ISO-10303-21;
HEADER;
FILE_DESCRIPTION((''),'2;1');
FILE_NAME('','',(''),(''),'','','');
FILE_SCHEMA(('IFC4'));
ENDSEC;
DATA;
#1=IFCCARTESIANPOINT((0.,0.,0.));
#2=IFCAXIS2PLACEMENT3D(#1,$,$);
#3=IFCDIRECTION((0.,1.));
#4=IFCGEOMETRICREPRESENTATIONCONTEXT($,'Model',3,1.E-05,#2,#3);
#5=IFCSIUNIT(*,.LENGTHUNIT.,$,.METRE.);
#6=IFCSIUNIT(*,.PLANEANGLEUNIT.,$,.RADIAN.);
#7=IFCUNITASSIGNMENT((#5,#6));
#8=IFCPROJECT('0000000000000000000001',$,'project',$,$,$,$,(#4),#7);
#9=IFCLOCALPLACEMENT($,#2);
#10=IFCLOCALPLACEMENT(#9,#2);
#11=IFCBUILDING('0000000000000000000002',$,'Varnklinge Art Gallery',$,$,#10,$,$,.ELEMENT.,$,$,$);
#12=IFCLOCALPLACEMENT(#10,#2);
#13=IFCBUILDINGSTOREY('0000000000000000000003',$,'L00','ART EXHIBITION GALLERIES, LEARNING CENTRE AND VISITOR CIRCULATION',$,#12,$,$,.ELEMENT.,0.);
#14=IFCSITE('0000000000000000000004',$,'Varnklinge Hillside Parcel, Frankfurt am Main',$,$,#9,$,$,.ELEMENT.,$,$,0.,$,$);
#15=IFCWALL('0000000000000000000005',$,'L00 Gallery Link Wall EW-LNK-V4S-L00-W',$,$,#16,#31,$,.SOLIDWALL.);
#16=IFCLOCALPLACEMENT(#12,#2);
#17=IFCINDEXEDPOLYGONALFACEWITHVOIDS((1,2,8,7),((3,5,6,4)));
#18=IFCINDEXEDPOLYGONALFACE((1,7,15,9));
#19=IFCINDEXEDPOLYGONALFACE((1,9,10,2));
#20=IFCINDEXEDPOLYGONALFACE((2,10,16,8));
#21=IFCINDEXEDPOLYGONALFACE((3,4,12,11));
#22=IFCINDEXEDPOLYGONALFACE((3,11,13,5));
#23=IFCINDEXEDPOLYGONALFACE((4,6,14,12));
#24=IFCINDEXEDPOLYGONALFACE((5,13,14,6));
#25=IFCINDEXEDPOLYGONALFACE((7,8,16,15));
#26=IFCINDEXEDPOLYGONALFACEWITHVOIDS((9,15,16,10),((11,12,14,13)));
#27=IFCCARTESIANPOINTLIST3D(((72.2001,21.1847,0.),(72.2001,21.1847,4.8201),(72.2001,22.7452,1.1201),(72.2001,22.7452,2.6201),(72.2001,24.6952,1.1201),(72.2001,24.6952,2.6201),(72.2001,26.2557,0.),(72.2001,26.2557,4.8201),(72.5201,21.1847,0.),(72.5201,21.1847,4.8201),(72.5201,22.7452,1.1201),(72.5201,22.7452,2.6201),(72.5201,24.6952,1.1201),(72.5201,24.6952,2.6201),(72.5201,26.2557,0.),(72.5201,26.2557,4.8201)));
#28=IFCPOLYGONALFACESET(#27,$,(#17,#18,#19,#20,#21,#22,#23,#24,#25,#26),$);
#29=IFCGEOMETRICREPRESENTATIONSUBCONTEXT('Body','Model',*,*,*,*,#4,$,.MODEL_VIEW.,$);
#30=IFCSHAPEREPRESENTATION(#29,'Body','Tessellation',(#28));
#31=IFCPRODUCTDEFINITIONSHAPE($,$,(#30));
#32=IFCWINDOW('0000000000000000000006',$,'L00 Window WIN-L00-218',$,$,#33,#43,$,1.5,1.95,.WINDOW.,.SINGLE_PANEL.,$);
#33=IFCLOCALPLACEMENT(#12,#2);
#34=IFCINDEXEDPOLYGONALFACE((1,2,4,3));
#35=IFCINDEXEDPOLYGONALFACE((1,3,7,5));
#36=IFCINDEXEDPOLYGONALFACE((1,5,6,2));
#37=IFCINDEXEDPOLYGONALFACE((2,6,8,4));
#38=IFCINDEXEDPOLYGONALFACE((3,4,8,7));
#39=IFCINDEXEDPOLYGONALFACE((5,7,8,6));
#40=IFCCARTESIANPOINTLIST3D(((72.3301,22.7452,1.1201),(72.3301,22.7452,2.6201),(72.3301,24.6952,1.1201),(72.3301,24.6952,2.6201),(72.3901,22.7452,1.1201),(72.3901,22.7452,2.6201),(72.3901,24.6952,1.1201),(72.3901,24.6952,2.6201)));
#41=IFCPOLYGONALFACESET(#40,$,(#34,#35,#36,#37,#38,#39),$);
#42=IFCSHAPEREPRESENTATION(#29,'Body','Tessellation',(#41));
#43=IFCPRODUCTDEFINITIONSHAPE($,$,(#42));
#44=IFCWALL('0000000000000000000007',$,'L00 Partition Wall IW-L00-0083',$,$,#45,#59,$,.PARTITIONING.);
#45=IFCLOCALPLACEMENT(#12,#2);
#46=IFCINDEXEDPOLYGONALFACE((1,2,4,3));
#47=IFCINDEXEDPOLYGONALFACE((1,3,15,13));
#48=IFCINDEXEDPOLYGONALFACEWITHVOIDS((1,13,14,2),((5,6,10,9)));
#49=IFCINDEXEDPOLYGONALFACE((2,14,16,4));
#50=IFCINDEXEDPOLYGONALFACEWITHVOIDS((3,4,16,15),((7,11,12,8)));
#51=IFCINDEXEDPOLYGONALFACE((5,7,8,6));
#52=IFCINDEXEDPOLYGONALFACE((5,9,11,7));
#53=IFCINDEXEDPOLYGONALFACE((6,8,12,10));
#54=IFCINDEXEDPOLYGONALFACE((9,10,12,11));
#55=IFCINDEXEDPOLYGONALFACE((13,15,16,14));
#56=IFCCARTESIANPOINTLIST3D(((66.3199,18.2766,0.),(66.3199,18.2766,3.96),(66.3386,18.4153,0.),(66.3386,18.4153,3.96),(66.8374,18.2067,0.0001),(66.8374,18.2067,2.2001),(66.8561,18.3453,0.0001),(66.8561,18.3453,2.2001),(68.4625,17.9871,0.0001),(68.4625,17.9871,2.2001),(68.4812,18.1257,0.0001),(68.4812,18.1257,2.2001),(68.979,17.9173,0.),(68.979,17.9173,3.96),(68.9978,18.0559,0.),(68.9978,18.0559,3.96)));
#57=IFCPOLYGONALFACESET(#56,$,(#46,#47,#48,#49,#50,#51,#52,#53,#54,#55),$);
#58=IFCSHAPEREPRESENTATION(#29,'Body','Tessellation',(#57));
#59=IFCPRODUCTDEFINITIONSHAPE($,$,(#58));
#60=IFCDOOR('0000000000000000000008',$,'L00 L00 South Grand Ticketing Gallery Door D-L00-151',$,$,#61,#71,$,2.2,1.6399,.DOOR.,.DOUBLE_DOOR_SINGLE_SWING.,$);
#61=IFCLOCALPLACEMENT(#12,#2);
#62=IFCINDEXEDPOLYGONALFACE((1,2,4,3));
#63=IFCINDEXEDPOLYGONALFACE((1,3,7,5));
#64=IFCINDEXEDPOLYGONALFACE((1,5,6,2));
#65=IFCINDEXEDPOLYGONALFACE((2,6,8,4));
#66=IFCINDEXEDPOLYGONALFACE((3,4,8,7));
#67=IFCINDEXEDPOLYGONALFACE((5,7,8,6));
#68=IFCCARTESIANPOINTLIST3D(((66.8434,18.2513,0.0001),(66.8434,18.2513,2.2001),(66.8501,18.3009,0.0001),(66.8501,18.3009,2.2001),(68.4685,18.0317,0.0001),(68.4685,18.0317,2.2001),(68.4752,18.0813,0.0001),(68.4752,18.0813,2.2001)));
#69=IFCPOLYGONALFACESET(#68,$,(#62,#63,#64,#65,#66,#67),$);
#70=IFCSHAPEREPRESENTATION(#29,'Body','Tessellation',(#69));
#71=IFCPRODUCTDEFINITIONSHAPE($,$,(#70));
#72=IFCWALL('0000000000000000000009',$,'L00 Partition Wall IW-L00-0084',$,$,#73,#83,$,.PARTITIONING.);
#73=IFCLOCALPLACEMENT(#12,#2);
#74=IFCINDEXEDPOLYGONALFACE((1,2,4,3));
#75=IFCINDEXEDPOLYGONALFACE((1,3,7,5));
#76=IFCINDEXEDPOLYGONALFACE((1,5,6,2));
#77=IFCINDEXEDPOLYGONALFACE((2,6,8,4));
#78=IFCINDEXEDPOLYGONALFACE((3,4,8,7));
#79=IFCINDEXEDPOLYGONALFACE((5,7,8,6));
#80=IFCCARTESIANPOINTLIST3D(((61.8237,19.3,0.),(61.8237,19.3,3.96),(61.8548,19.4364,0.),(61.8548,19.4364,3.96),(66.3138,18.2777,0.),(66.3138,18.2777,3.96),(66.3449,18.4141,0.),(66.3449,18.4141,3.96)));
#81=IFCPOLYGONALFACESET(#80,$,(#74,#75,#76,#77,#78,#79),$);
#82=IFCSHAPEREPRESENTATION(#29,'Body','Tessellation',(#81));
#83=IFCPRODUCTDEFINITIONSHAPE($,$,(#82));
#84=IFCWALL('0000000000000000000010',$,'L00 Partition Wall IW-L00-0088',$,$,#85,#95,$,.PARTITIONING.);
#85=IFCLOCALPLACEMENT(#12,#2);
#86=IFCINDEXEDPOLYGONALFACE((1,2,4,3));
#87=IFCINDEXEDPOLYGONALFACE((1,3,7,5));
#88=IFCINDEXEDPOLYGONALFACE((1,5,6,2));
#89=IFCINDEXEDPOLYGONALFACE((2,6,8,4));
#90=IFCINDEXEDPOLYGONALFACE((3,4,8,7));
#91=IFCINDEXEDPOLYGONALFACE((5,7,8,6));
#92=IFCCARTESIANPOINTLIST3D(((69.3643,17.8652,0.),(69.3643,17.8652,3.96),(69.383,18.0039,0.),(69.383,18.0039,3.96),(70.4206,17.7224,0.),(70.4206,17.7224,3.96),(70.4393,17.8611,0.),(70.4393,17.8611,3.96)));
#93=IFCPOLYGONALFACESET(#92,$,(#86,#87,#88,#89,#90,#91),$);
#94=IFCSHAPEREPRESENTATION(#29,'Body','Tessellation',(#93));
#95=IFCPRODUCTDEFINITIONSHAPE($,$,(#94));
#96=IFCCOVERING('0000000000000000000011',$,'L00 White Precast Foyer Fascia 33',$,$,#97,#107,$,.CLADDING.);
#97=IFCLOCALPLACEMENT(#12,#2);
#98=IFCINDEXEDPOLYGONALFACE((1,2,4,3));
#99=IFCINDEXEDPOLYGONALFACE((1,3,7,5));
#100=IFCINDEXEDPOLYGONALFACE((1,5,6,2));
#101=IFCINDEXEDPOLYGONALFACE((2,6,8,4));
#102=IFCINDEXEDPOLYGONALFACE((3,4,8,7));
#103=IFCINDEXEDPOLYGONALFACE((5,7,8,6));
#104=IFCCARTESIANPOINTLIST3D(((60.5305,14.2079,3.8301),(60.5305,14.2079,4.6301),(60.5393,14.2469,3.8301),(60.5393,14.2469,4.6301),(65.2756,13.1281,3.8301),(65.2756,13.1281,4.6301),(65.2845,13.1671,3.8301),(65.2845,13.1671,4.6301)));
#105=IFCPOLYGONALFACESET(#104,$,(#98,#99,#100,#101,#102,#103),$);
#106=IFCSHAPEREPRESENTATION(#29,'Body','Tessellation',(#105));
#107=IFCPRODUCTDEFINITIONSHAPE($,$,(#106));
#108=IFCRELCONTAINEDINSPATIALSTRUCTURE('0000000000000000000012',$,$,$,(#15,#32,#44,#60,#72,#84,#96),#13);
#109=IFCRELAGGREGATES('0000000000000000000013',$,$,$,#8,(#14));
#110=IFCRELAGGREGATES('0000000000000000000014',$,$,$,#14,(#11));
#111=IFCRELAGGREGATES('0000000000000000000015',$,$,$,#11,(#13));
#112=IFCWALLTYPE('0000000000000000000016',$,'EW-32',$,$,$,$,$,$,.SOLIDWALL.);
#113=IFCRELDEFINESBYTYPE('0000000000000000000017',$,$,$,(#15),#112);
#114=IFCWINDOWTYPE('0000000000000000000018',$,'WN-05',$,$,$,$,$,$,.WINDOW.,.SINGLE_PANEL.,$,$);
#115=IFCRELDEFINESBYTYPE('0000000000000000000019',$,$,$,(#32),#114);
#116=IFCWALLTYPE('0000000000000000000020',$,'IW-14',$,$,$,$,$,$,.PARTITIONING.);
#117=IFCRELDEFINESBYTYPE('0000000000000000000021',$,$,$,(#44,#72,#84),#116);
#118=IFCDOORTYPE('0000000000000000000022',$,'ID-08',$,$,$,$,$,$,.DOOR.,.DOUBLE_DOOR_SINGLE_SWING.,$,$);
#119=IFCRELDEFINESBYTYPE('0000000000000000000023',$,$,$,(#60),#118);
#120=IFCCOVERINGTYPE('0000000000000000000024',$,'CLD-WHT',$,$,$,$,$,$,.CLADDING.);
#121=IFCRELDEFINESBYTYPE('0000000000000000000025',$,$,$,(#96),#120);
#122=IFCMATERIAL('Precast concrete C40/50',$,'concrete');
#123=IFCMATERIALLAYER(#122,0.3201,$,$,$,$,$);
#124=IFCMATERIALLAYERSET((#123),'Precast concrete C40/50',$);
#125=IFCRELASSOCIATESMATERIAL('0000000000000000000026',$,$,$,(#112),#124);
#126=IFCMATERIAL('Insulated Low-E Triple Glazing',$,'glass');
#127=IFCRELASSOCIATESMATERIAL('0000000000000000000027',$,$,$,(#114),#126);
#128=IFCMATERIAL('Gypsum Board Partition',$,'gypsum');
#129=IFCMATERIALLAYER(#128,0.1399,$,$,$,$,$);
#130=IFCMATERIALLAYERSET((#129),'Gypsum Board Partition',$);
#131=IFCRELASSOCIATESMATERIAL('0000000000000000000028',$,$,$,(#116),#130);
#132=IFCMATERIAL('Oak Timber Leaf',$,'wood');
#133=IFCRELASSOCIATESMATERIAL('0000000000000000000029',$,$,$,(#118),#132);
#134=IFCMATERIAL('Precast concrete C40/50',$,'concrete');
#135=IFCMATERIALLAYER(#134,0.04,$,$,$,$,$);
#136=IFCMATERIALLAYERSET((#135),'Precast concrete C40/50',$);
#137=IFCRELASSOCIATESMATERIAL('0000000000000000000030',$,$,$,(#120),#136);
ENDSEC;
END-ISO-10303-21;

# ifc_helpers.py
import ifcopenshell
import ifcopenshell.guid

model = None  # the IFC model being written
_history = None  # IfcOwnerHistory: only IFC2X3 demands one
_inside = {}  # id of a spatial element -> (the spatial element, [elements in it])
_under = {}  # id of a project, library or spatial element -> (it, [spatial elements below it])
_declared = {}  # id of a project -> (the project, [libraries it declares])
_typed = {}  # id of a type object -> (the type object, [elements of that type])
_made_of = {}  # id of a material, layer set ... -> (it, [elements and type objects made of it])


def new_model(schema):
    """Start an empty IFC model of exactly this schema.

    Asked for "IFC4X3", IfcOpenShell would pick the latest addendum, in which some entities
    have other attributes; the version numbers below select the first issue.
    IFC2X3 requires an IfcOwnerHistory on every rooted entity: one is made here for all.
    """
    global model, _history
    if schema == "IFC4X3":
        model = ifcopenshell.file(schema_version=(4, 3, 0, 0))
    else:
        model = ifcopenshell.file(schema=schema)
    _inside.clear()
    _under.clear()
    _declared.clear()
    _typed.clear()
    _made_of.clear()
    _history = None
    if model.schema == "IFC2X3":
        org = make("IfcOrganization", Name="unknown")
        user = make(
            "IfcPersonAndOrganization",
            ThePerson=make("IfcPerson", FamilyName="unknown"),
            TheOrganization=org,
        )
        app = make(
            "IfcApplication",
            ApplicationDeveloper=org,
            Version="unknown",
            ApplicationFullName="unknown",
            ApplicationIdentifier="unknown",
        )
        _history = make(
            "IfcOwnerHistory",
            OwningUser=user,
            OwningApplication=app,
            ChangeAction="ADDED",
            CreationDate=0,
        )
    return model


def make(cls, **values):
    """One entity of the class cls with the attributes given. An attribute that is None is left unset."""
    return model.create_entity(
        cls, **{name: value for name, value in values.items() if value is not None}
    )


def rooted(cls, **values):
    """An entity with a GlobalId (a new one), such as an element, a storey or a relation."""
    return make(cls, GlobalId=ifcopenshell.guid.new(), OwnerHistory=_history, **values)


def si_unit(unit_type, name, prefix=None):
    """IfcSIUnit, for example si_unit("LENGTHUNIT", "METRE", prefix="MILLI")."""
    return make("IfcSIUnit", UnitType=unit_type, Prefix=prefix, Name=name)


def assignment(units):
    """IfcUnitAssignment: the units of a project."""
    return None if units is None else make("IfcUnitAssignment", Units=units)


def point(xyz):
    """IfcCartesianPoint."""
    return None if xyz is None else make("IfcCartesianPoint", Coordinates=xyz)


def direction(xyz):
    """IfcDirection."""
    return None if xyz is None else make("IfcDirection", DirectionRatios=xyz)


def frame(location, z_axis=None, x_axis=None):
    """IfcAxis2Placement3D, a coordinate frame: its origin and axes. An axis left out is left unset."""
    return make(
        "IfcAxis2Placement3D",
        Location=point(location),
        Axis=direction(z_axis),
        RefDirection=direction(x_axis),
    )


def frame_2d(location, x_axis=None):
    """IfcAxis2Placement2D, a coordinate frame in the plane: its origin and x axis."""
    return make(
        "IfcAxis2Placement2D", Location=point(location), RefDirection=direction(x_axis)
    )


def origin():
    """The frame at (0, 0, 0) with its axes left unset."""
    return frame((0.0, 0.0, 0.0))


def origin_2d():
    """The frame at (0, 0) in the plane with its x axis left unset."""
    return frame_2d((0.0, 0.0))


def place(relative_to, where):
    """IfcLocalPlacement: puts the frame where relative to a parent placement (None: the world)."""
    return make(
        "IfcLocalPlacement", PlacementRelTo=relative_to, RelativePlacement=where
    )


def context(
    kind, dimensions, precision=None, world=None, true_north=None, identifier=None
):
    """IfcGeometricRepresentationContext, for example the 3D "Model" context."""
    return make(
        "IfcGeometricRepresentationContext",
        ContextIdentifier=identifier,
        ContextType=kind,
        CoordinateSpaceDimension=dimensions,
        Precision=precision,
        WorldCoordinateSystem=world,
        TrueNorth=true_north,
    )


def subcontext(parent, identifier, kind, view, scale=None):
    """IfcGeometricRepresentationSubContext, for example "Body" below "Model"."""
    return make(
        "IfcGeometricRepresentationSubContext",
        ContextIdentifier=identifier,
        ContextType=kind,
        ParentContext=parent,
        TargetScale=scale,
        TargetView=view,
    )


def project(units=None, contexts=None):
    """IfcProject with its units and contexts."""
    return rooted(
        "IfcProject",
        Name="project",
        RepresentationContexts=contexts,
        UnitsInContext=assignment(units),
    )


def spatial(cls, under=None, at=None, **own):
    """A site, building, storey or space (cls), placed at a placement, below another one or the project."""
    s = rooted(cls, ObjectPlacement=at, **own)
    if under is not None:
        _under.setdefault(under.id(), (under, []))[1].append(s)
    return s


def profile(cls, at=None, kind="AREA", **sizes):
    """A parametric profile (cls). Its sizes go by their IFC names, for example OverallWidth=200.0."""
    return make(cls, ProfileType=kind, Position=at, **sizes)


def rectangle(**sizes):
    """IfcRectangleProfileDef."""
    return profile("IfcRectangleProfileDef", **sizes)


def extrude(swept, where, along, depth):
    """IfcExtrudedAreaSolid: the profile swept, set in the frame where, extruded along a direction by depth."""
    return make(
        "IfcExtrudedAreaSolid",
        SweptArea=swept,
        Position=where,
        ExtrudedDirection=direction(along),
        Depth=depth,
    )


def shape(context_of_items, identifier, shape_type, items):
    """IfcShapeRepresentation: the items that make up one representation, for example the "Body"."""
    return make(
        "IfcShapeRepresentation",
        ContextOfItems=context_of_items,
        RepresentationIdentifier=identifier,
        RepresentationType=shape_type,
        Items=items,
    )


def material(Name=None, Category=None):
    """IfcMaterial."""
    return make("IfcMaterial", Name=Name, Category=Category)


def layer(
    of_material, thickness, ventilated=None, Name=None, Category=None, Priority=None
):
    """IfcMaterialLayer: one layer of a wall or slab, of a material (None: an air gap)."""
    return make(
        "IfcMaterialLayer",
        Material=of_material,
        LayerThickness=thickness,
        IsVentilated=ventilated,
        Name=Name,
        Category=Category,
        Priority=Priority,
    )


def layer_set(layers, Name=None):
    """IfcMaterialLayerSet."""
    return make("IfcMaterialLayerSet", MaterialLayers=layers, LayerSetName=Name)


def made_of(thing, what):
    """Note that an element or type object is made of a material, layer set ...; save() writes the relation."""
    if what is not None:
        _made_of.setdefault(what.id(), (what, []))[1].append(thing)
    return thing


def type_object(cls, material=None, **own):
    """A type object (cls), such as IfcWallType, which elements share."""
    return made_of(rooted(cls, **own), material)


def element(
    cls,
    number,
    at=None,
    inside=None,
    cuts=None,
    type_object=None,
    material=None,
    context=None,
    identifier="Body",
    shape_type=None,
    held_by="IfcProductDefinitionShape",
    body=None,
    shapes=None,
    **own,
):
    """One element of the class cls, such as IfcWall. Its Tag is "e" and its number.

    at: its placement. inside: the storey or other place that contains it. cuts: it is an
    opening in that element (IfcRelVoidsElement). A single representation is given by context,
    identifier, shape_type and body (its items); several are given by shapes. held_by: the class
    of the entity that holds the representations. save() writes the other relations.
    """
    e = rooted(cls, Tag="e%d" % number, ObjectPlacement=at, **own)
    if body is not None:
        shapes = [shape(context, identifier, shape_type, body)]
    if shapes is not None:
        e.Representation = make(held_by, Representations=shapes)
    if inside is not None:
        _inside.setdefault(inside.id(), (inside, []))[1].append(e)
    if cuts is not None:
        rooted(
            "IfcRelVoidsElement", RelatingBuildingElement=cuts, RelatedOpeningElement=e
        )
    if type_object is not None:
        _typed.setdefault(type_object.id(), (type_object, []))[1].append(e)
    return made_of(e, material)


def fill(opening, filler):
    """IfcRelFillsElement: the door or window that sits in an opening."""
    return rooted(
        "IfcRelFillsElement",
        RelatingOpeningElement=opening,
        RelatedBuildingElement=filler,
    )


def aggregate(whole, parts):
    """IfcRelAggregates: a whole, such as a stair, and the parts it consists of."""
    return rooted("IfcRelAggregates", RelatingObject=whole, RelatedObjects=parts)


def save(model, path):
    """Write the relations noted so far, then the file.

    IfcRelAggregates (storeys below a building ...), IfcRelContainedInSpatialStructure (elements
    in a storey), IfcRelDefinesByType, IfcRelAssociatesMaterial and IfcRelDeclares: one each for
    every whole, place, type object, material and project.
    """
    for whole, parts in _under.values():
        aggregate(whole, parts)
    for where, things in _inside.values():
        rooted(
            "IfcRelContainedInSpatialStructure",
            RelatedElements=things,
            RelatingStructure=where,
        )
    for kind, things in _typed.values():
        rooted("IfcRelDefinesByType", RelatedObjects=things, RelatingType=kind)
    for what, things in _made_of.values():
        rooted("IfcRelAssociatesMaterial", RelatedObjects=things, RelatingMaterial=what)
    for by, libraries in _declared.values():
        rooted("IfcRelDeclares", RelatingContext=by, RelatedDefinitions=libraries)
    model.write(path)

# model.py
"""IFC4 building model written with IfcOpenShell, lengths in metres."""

from ifc_helpers import new_model, si_unit, direction, frame, frame_2d, origin, origin_2d, place, context, subcontext, project, spatial, rectangle, extrude, material, layer, layer_set, type_object, element, fill, save


model = new_model("IFC4")

# Units and contexts
model_context = context("Model", 3, precision=1e-05, world=origin(), true_north=direction((0.0, 1.0)))
body_context = subcontext(model_context, "Body", "Model", "MODEL_VIEW")
ifc_project = project(units=[si_unit("LENGTHUNIT", "METRE"), si_unit("PLANEANGLEUNIT", "RADIAN")], contexts=[model_context])

# Site, building, storey
site_placement = place(None, origin())
site = spatial("IfcSite", under=ifc_project, at=site_placement, Name="Varnklinge Hillside Parcel, Frankfurt am Main", CompositionType="ELEMENT", RefElevation=0.0)
building_placement = place(site_placement, origin())
building = spatial("IfcBuilding", under=site, at=building_placement, Name="Varnklinge Art Gallery", CompositionType="ELEMENT")
storey_placement = place(building_placement, origin())
storey = spatial("IfcBuildingStorey", under=building, at=storey_placement, Name="L00", Description="ART EXHIBITION GALLERIES, LEARNING CENTRE AND VISITOR CIRCULATION", CompositionType="ELEMENT", Elevation=0.0)

# Shared definitions
ifc_material_1 = material(Name="Precast concrete C40/50", Category="concrete")
ifc_layer_1 = layer(ifc_material_1, 0.3201)
ifc_layer_set_1 = layer_set([ifc_layer_1], Name="Precast concrete C40/50")
wall_type_1 = type_object("IfcWallType", Name="EW-32", PredefinedType="SOLIDWALL", material=ifc_layer_set_1)

# Wall, opening, window
wall_1_placement = place(storey_placement, frame((72.3601, 21.1846, 0.0), z_axis=(0.0, 0.0, 1.0), x_axis=(0.0, 1.0, 0.0)))
wall_1 = element("IfcWall", 1, at=wall_1_placement, inside=storey, type_object=wall_type_1, Name="L00 Gallery Link Wall EW-LNK-V4S-L00-W", PredefinedType="SOLIDWALL", context=body_context, shape_type="SweptSolid", body=[
    extrude(rectangle(XDim=5.071, YDim=0.3201, at=frame_2d((2.5356, 0.0))), origin(), (0.0, 0.0, 1.0), 4.8201),
])
opening_1_placement = place(wall_1_placement, frame((1.5605, 0.0, 1.1201)))
opening_1 = element("IfcOpeningElement", 2, at=opening_1_placement, cuts=wall_1, PredefinedType="OPENING", context=body_context, shape_type="SweptSolid", body=[
    extrude(rectangle(XDim=1.95, YDim=1.5, at=frame_2d((0.9751, 0.75))), frame((0.0, 0.1702, 0.0), z_axis=(0.0, -1.0, 0.0), x_axis=(1.0, 0.0, 0.0)), (0.0, 0.0, 1.0), 0.3401),
])
ifc_material_2 = material(Name="Insulated Low-E Triple Glazing", Category="glass")
window_type = type_object("IfcWindowType", Name="WN-05", PartitioningType="SINGLE_PANEL", PredefinedType="WINDOW", material=ifc_material_2)
window_placement = place(opening_1_placement, origin())
window = element("IfcWindow", 3, at=window_placement, inside=storey, type_object=window_type, Name="L00 Window WIN-L00-218", OverallHeight=1.5, OverallWidth=1.95, PartitioningType="SINGLE_PANEL", PredefinedType="WINDOW", context=body_context, shape_type="SweptSolid", body=[
    extrude(rectangle(XDim=1.95, YDim=1.5, at=frame_2d((0.9751, 0.75))), frame((0.0, 0.03, 0.0), z_axis=(0.0, -1.0, 0.0), x_axis=(1.0, 0.0, 0.0)), (0.0, 0.0, 1.0), 0.0601),
])
fill(opening_1, window)

# Wall, opening, door
ifc_material_3 = material(Name="Gypsum Board Partition", Category="gypsum")
ifc_layer_2 = layer(ifc_material_3, 0.1399)
ifc_layer_set_2 = layer_set([ifc_layer_2], Name="Gypsum Board Partition")
wall_type_2 = type_object("IfcWallType", Name="IW-14", PredefinedType="PARTITIONING", material=ifc_layer_set_2)
wall_2_placement = place(storey_placement, frame((68.9885, 17.9866, 0.0), z_axis=(0.0, 0.0, 1.0), x_axis=(-0.990991, 0.133928, 0.0)))
wall_2 = element("IfcWall", 4, at=wall_2_placement, inside=storey, type_object=wall_type_2, Name="L00 Partition Wall IW-L00-0083", PredefinedType="PARTITIONING", context=body_context, shape_type="SweptSolid", body=[
    extrude(rectangle(XDim=2.6833, YDim=0.1399, at=frame_2d((1.3418, 0.0))), origin(), (0.0, 0.0, 1.0), 3.96),
])
opening_2_placement = place(wall_2_placement, frame((0.5215, 0.0, 0.0)))
opening_2 = element("IfcOpeningElement", 5, at=opening_2_placement, cuts=wall_2, PredefinedType="OPENING", context=body_context, shape_type="SweptSolid", body=[
    extrude(rectangle(XDim=1.6399, YDim=2.2, at=frame_2d((0.8198, 1.1001))), frame((0.0, 0.0798, 0.0), z_axis=(0.0, -1.0, 0.0), x_axis=(1.0, 0.0, 0.0)), (0.0, 0.0, 1.0), 0.1599),
])
ifc_material_4 = material(Name="Oak Timber Leaf", Category="wood")
door_type_1 = type_object("IfcDoorType", Name="ID-08", OperationType="DOUBLE_DOOR_SINGLE_SWING", PredefinedType="DOOR", material=ifc_material_4)
door_1_placement = place(opening_2_placement, origin())
door_1 = element("IfcDoor", 6, at=door_1_placement, inside=storey, type_object=door_type_1, Name="L00 L00 South Grand Ticketing Gallery Door D-L00-151", OperationType="DOUBLE_DOOR_SINGLE_SWING", OverallHeight=2.2, OverallWidth=1.6399, PredefinedType="DOOR", context=body_context, shape_type="SweptSolid", body=[
    extrude(rectangle(XDim=1.6399, YDim=2.2, at=frame_2d((0.8198, 1.1001))), frame((0.0, 0.0249, 0.0), z_axis=(0.0, -1.0, 0.0), x_axis=(1.0, 0.0, 0.0)), (0.0, 0.0, 1.0), 0.05),
])
fill(opening_2, door_1)

# Walls
wall_3_placement = place(storey_placement, frame((66.3293, 18.3459, 0.0), z_axis=(0.0, 0.0, 1.0), x_axis=(-0.97505, 0.221985, 0.0)))
element("IfcWall", 7, at=wall_3_placement, inside=storey, type_object=wall_type_2, Name="L00 Partition Wall IW-L00-0084", PredefinedType="PARTITIONING", context=body_context, shape_type="SweptSolid", body=[
    extrude(rectangle(XDim=4.605, YDim=0.1399, at=frame_2d((2.3025, 0.0))), origin(), (0.0, 0.0, 1.0), 3.96),
])
wall_4_placement = place(storey_placement, frame((70.4299, 17.7917, 0.0), z_axis=(0.0, 0.0, 1.0), x_axis=(-0.990984, 0.133979, 0.0)))
element("IfcWall", 8, at=wall_4_placement, inside=storey, type_object=wall_type_2, Name="L00 Partition Wall IW-L00-0088", PredefinedType="PARTITIONING", context=body_context, shape_type="SweptSolid", body=[
    extrude(rectangle(XDim=1.0659, YDim=0.1399, at=frame_2d((0.533, 0.0))), origin(), (0.0, 0.0, 1.0), 3.96),
])

# Covering
ifc_material_5 = material(Name="Precast concrete C40/50", Category="concrete")
ifc_layer_3 = layer(ifc_material_5, 0.04)
ifc_layer_set_3 = layer_set([ifc_layer_3], Name="Precast concrete C40/50")
covering_type = type_object("IfcCoveringType", Name="CLD-WHT", PredefinedType="CLADDING", material=ifc_layer_set_3)
covering_placement = place(storey_placement, frame((62.9075, 13.6875, 3.8301), z_axis=(0.0, 0.0, 1.0), x_axis=(0.975072, -0.221889, 0.0)))
element("IfcCovering", 9, at=covering_placement, inside=storey, type_object=covering_type, Name="L00 White Precast Foyer Fascia 33", PredefinedType="CLADDING", context=body_context, shape_type="SweptSolid", body=[
    extrude(rectangle(XDim=4.8665, YDim=0.04, at=origin_2d()), origin(), (0.0, 0.0, 1.0), 0.8),
])

save(model, "model.ifc")
